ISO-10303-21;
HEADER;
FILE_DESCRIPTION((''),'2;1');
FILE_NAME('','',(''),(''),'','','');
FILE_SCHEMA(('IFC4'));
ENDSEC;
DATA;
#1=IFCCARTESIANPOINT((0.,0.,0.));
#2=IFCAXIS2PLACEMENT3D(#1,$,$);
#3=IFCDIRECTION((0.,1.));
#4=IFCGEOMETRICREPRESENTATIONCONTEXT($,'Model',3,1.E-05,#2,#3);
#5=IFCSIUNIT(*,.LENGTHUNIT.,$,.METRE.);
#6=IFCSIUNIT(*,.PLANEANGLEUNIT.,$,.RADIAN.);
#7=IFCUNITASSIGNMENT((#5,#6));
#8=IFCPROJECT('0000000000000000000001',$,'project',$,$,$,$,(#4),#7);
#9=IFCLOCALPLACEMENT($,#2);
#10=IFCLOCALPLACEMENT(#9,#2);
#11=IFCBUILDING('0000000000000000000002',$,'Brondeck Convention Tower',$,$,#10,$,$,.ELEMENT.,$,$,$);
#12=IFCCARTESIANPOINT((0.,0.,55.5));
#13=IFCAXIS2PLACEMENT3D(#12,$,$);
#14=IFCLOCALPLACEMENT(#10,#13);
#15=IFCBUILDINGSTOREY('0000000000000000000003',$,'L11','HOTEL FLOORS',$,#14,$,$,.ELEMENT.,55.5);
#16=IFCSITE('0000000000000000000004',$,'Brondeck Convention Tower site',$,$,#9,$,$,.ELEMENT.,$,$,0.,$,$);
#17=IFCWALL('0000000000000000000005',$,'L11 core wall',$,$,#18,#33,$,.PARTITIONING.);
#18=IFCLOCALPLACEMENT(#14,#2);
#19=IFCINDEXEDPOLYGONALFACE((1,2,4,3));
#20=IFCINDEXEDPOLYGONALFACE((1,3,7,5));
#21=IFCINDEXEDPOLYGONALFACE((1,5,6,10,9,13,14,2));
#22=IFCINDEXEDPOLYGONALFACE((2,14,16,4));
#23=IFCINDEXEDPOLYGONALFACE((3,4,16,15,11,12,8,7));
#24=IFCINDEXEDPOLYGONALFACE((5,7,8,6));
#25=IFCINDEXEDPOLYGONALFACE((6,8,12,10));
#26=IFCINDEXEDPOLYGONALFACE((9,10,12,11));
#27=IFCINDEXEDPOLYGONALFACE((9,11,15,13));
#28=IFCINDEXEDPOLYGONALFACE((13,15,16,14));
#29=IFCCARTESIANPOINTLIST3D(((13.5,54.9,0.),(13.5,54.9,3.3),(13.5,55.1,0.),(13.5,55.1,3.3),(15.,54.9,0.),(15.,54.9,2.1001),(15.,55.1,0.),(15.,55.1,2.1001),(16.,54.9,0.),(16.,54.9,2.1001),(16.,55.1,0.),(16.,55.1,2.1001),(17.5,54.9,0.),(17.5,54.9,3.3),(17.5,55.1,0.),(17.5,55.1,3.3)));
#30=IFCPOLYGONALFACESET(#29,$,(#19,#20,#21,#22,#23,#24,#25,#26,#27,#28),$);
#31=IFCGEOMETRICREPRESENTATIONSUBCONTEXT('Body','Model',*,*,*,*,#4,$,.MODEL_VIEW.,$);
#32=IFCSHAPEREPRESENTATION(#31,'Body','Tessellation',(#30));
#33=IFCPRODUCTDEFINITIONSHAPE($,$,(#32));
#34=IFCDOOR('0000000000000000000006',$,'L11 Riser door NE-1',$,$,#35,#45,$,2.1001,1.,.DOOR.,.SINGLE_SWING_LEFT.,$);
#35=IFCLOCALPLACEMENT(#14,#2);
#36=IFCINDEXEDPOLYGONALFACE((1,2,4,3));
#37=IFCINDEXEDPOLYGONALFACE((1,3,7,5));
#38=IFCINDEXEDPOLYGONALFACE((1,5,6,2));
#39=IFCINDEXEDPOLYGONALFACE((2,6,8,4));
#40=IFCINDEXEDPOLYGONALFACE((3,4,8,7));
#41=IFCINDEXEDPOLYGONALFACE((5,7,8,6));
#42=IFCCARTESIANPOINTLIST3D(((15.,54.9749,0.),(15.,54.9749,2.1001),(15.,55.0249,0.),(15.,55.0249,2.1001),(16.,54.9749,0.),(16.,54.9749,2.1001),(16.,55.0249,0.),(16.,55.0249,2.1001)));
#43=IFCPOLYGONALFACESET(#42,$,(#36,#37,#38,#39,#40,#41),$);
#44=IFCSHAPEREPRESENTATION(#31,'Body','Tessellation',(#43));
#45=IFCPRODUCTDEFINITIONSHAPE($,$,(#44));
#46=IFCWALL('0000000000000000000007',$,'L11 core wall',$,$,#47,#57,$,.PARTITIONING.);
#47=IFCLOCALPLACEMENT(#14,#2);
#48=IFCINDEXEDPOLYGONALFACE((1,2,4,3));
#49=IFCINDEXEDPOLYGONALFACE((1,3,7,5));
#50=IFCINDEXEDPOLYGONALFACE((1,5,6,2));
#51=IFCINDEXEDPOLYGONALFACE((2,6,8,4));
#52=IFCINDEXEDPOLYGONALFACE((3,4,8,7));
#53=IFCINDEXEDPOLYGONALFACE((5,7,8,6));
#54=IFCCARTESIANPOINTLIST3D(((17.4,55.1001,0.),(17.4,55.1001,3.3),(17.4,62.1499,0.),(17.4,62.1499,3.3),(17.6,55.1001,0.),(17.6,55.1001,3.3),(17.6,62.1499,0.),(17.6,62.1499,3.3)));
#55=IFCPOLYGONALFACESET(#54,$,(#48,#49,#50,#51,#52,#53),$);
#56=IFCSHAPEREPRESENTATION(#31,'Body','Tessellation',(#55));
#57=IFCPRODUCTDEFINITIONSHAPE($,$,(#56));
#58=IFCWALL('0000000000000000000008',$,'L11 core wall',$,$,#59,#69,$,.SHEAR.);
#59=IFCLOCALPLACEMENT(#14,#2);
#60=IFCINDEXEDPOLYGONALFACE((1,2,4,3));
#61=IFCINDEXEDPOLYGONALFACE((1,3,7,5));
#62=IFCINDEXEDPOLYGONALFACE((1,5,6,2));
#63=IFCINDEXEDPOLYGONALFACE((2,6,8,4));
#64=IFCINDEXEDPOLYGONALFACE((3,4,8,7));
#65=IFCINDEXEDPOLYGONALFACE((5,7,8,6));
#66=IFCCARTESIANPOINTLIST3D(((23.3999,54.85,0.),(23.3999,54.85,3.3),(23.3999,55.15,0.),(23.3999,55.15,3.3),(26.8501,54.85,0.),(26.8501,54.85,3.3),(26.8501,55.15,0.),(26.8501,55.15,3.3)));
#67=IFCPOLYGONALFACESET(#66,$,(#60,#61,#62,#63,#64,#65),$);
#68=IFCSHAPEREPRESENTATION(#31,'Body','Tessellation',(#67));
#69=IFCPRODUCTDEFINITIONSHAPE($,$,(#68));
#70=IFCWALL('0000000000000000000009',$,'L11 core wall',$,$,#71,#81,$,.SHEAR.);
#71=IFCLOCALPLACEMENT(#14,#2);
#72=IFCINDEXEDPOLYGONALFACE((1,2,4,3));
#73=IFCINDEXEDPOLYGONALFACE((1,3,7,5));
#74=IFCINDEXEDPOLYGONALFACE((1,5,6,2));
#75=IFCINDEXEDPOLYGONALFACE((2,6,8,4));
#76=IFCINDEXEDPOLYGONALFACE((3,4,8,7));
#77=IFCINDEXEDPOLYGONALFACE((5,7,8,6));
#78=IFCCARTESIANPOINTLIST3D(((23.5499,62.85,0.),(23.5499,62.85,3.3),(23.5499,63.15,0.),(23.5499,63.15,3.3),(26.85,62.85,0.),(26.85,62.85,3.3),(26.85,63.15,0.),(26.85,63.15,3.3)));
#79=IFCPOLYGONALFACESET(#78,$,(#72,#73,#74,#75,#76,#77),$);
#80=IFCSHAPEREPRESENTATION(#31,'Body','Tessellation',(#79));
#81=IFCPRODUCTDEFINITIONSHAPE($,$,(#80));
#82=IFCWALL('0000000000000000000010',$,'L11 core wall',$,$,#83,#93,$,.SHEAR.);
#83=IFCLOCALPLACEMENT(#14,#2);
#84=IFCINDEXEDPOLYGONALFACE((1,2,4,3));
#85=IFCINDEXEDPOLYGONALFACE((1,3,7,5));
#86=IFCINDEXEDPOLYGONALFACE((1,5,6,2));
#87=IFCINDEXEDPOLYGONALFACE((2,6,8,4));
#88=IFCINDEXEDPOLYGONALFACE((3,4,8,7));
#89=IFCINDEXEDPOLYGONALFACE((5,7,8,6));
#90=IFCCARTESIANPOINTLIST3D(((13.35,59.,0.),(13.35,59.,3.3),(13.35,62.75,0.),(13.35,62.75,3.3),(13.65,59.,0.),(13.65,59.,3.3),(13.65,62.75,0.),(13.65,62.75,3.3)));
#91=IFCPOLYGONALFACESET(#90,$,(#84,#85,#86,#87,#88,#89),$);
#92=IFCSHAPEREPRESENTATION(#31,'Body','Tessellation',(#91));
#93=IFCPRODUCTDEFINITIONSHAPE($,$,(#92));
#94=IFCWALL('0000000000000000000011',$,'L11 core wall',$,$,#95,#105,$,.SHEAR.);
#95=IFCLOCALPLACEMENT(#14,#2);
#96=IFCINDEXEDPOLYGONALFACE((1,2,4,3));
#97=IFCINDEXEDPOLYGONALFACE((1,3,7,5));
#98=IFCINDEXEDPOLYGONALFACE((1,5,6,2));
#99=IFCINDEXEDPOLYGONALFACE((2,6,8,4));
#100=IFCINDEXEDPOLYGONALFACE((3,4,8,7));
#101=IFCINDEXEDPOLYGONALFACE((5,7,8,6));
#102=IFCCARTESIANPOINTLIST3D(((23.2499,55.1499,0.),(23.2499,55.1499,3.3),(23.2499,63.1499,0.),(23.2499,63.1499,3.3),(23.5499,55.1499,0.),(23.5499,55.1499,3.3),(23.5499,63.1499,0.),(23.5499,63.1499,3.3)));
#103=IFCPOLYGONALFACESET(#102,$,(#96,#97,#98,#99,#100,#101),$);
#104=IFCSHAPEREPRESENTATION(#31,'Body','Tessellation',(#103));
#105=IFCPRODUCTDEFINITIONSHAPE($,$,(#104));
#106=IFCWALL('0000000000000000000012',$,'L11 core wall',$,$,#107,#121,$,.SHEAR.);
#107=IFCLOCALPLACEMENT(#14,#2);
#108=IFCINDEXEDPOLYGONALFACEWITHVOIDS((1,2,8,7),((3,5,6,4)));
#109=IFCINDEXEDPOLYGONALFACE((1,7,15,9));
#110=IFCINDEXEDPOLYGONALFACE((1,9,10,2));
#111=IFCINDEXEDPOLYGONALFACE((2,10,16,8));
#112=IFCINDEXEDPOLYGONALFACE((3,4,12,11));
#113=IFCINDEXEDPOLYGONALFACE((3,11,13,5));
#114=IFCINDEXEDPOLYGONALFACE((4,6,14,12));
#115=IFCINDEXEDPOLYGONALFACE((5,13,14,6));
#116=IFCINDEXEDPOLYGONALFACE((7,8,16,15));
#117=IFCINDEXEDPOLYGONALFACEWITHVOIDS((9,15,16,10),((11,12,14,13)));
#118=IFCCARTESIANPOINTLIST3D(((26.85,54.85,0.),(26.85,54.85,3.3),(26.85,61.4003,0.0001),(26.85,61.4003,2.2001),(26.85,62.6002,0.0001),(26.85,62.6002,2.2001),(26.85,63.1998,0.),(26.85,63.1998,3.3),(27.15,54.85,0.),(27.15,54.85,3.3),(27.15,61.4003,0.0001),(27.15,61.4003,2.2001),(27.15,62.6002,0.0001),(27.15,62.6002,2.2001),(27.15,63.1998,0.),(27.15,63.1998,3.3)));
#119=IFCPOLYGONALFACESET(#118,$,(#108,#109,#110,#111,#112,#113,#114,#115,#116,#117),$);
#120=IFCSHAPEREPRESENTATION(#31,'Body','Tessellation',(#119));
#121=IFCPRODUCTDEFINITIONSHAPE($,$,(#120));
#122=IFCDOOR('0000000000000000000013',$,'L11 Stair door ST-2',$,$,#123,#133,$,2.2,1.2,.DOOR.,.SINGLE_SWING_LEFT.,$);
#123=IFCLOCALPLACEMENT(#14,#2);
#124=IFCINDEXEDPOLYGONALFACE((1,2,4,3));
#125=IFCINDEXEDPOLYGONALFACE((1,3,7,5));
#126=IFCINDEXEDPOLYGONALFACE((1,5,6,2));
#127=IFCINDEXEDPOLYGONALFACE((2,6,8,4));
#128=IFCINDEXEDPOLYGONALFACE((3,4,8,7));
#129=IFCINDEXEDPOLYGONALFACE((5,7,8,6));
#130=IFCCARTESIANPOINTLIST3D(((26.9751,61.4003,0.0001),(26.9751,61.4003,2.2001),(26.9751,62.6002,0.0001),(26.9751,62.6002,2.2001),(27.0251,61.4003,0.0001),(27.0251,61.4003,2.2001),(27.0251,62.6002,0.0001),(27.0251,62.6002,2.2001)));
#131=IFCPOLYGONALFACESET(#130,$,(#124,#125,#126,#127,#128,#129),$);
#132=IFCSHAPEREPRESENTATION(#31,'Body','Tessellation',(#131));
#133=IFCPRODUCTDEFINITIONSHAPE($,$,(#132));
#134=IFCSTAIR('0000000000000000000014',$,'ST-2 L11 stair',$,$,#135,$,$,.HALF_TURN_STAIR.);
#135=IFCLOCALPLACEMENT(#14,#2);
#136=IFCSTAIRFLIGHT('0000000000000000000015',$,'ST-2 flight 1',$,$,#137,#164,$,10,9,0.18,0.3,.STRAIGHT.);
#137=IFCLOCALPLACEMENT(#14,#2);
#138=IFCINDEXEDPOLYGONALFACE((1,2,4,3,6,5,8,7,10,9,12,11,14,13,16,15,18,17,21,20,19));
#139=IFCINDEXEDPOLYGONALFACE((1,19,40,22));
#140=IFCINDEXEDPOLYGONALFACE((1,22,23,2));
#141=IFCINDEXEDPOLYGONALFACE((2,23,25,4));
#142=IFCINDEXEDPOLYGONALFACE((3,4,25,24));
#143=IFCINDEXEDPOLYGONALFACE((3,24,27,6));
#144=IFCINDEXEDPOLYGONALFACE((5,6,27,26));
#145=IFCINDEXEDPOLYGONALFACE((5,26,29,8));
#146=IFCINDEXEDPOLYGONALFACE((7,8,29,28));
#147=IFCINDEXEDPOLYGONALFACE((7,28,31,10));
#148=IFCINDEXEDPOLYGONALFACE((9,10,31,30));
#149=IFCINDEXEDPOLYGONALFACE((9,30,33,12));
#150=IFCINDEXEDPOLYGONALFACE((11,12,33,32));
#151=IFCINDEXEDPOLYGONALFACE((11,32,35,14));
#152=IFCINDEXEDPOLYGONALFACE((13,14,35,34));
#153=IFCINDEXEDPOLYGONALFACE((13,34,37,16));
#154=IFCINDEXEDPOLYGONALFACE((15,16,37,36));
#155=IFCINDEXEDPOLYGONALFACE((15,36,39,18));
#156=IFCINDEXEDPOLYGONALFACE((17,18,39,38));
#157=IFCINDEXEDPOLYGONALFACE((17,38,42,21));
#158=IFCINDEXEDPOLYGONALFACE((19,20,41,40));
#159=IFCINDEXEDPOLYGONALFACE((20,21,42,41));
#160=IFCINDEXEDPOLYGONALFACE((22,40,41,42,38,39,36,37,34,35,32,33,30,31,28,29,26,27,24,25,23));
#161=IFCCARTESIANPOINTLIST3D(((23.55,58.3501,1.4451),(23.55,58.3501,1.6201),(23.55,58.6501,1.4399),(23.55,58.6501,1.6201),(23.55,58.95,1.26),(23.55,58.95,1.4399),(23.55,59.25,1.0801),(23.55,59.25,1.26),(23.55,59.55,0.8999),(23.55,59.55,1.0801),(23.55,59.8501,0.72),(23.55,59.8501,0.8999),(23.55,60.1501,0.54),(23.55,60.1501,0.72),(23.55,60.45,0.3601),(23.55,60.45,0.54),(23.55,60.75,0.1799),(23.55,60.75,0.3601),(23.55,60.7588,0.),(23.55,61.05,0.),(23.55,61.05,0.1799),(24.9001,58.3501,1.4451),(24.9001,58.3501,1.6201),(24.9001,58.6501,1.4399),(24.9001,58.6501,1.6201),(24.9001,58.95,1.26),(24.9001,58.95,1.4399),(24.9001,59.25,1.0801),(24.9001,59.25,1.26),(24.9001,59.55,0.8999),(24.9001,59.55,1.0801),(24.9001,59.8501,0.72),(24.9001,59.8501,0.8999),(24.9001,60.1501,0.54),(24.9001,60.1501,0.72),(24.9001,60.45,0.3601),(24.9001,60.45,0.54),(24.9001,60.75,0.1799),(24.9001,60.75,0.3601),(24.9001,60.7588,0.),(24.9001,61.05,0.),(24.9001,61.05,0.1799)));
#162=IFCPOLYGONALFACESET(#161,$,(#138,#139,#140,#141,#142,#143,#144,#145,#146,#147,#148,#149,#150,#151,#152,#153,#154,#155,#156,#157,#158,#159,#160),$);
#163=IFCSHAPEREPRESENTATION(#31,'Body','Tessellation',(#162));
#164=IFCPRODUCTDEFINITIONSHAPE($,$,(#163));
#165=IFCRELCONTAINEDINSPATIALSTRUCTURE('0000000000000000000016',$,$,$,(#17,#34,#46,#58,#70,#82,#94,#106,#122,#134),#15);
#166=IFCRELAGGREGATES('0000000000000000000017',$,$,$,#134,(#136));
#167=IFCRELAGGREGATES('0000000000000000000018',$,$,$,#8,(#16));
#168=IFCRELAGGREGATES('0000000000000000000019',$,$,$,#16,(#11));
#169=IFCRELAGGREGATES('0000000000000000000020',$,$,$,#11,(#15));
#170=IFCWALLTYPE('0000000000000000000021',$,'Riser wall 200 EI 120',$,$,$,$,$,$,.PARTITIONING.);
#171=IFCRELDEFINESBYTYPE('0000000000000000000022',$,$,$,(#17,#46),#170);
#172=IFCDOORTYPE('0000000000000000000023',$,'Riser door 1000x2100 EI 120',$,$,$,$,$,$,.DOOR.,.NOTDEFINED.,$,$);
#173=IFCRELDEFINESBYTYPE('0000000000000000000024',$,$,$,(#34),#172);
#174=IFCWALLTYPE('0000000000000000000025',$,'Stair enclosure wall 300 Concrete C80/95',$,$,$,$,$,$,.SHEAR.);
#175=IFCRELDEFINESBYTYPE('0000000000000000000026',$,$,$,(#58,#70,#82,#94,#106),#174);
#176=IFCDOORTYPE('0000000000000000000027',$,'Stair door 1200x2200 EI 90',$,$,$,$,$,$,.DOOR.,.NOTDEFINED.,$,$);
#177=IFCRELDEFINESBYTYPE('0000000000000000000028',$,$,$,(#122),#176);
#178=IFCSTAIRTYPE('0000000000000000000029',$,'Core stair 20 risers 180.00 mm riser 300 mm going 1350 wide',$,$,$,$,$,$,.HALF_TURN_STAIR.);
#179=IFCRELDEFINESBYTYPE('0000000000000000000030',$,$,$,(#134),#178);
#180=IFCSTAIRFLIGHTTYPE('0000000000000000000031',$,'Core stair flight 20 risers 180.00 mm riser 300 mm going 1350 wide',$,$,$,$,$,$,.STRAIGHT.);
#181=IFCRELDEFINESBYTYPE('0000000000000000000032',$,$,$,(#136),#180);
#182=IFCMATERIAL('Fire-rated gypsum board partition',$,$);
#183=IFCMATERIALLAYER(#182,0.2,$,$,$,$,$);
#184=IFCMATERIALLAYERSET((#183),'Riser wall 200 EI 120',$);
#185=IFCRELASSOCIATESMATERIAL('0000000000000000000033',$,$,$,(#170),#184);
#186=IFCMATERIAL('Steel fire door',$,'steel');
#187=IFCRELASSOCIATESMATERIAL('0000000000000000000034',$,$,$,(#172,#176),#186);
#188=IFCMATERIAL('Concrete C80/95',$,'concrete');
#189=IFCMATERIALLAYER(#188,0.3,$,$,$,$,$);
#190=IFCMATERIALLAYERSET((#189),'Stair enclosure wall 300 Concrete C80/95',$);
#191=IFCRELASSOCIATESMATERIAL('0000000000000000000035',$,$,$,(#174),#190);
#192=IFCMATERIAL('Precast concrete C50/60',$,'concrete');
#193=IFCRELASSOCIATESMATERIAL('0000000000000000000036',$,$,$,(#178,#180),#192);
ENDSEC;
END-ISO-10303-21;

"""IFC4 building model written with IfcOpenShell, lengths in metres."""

from ifc_helpers import new_model, si_unit, direction, frame, frame_2d, origin, place, context, subcontext, project, spatial, polyline, rectangle, outline, extrude, material, layer, layer_set, type_object, element, fill, aggregate, save


model = new_model("IFC4")

# Units and contexts
model_context = context("Model", 3, precision=1e-05, world=origin(), true_north=direction((0.0, 1.0)))
body_context = subcontext(model_context, "Body", "Model", "MODEL_VIEW")
ifc_project = project(units=[si_unit("LENGTHUNIT", "METRE"), si_unit("PLANEANGLEUNIT", "RADIAN")], contexts=[model_context])

# Site, building, storey
site_placement = place(None, origin())
site = spatial("IfcSite", under=ifc_project, at=site_placement, Name="Brondeck Convention Tower site", CompositionType="ELEMENT", RefElevation=0.0)
building_placement = place(site_placement, origin())
building = spatial("IfcBuilding", under=site, at=building_placement, Name="Brondeck Convention Tower", CompositionType="ELEMENT")
storey_placement = place(building_placement, frame((0.0, 0.0, 55.5)))
storey = spatial("IfcBuildingStorey", under=building, at=storey_placement, Name="L11", Description="HOTEL FLOORS", CompositionType="ELEMENT", Elevation=55.5)

# Shared definitions
ifc_material_1 = material(Name="Concrete C80/95", Category="concrete")

# Shared definitions
ifc_material_2 = material(Name="Fire-rated gypsum board partition")
ifc_material_3 = material(Name="Steel fire door", Category="steel")

# Shared definitions
ifc_layer_1 = layer(ifc_material_2, 0.2)
ifc_layer_set_1 = layer_set([ifc_layer_1], Name="Riser wall 200 EI 120")
wall_type_1 = type_object("IfcWallType", Name="Riser wall 200 EI 120", PredefinedType="PARTITIONING", material=ifc_layer_set_1)

# Wall, opening, door
wall_1_placement = place(storey_placement, frame((13.5, 55.0, 0.0), z_axis=(0.0, 0.0, 1.0), x_axis=(1.0, 0.0, 0.0)))
wall_1 = element("IfcWall", 1, at=wall_1_placement, inside=storey, type_object=wall_type_1, Name="L11 core wall", PredefinedType="PARTITIONING", context=body_context, shape_type="SweptSolid", body=[
    extrude(rectangle(XDim=4.0, YDim=0.2, at=frame_2d((2.0, 0.0))), origin(), (0.0, 0.0, 1.0), 3.3),
])
opening_1_placement = place(wall_1_placement, frame((1.5, 0.0, 0.0)))
opening_1 = element("IfcOpeningElement", 2, at=opening_1_placement, cuts=wall_1, PredefinedType="OPENING", context=body_context, shape_type="SweptSolid", body=[
    extrude(rectangle(XDim=1.0, YDim=2.1001, at=frame_2d((0.5, 1.05))), frame((0.0, 0.1099, 0.0), z_axis=(0.0, -1.0, 0.0), x_axis=(1.0, 0.0, 0.0)), (0.0, 0.0, 1.0), 0.22),
])
door_type_1 = type_object("IfcDoorType", Name="Riser door 1000x2100 EI 120", OperationType="NOTDEFINED", PredefinedType="DOOR", material=ifc_material_3)
door_1_placement = place(opening_1_placement, origin())
door_1 = element("IfcDoor", 3, at=door_1_placement, inside=storey, type_object=door_type_1, Name="L11 Riser door NE-1", OperationType="SINGLE_SWING_LEFT", OverallHeight=2.1001, OverallWidth=1.0, PredefinedType="DOOR", context=body_context, shape_type="SweptSolid", body=[
    extrude(rectangle(XDim=1.0, YDim=2.1001, at=frame_2d((0.5, 1.05))), frame((0.0, 0.0249, 0.0), z_axis=(0.0, -1.0, 0.0), x_axis=(1.0, 0.0, 0.0)), (0.0, 0.0, 1.0), 0.05),
])
fill(opening_1, door_1)

# Walls
wall_2_placement = place(storey_placement, frame((17.5, 55.1001, 0.0), z_axis=(0.0, 0.0, 1.0), x_axis=(0.0, 1.0, 0.0)))
element("IfcWall", 4, at=wall_2_placement, inside=storey, type_object=wall_type_1, Name="L11 core wall", PredefinedType="PARTITIONING", context=body_context, shape_type="SweptSolid", body=[
    extrude(rectangle(XDim=7.0498, YDim=0.2, at=frame_2d((3.5249, 0.0))), origin(), (0.0, 0.0, 1.0), 3.3),
])
ifc_layer_2 = layer(ifc_material_1, 0.3)
ifc_layer_set_2 = layer_set([ifc_layer_2], Name="Stair enclosure wall 300 Concrete C80/95")
wall_type_2 = type_object("IfcWallType", Name="Stair enclosure wall 300 Concrete C80/95", PredefinedType="SHEAR", material=ifc_layer_set_2)
wall_3_placement = place(storey_placement, frame((23.3999, 55.0, 0.0), z_axis=(0.0, 0.0, 1.0), x_axis=(1.0, 0.0, 0.0)))
element("IfcWall", 5, at=wall_3_placement, inside=storey, type_object=wall_type_2, Name="L11 core wall", PredefinedType="SHEAR", context=body_context, shape_type="SweptSolid", body=[
    extrude(rectangle(XDim=3.4502, YDim=0.3, at=frame_2d((1.7251, 0.0))), origin(), (0.0, 0.0, 1.0), 3.3),
])
wall_4_placement = place(storey_placement, frame((23.55, 63.0, 0.0), z_axis=(0.0, 0.0, 1.0), x_axis=(1.0, 0.0, 0.0)))
element("IfcWall", 6, at=wall_4_placement, inside=storey, type_object=wall_type_2, Name="L11 core wall", PredefinedType="SHEAR", context=body_context, shape_type="SweptSolid", body=[
    extrude(rectangle(XDim=3.3, YDim=0.3, at=frame_2d((1.6499, 0.0))), origin(), (0.0, 0.0, 1.0), 3.3),
])
wall_5_placement = place(storey_placement, frame((13.5, 59.0, 0.0), z_axis=(0.0, 0.0, 1.0), x_axis=(0.0, 1.0, 0.0)))
element("IfcWall", 7, at=wall_5_placement, inside=storey, type_object=wall_type_2, Name="L11 core wall", PredefinedType="SHEAR", context=body_context, shape_type="SweptSolid", body=[
    extrude(rectangle(XDim=3.75, YDim=0.3, at=frame_2d((1.875, 0.0))), origin(), (0.0, 0.0, 1.0), 3.3),
])
wall_6_placement = place(storey_placement, frame((23.3999, 55.1499, 0.0), z_axis=(0.0, 0.0, 1.0), x_axis=(0.0, 1.0, 0.0)))
element("IfcWall", 8, at=wall_6_placement, inside=storey, type_object=wall_type_2, Name="L11 core wall", PredefinedType="SHEAR", context=body_context, shape_type="SweptSolid", body=[
    extrude(rectangle(XDim=8.0, YDim=0.3, at=frame_2d((4.0, 0.0))), origin(), (0.0, 0.0, 1.0), 3.3),
])

# Wall, opening, door
wall_7_placement = place(storey_placement, frame((27.0, 54.8501, 0.0), z_axis=(0.0, 0.0, 1.0), x_axis=(0.0, 1.0, 0.0)))
wall_7 = element("IfcWall", 9, at=wall_7_placement, inside=storey, type_object=wall_type_2, Name="L11 core wall", PredefinedType="SHEAR", context=body_context, shape_type="SweptSolid", body=[
    extrude(rectangle(XDim=8.3499, YDim=0.3, at=frame_2d((4.1748, 0.0))), origin(), (0.0, 0.0, 1.0), 3.3),
])
opening_2_placement = place(wall_7_placement, frame((6.55, 0.0, 0.0)))
opening_2 = element("IfcOpeningElement", 10, at=opening_2_placement, cuts=wall_7, PredefinedType="OPENING", context=body_context, shape_type="SweptSolid", body=[
    extrude(rectangle(XDim=1.2, YDim=2.2, at=frame_2d((0.6001, 1.1001))), frame((0.0, 0.1599, 0.0), z_axis=(0.0, -1.0, 0.0), x_axis=(1.0, 0.0, 0.0)), (0.0, 0.0, 1.0), 0.3201),
])
door_type_2 = type_object("IfcDoorType", Name="Stair door 1200x2200 EI 90", OperationType="NOTDEFINED", PredefinedType="DOOR", material=ifc_material_3)
door_2_placement = place(opening_2_placement, origin())
door_2 = element("IfcDoor", 11, at=door_2_placement, inside=storey, type_object=door_type_2, Name="L11 Stair door ST-2", OperationType="SINGLE_SWING_LEFT", OverallHeight=2.2, OverallWidth=1.2, PredefinedType="DOOR", context=body_context, shape_type="SweptSolid", body=[
    extrude(rectangle(XDim=1.2, YDim=2.2, at=frame_2d((0.6001, 1.1001))), frame((0.0, 0.0249, 0.0), z_axis=(0.0, -1.0, 0.0), x_axis=(1.0, 0.0, 0.0)), (0.0, 0.0, 1.0), 0.05),
])
fill(opening_2, door_2)

# Stair, stair flight
ifc_material_4 = material(Name="Precast concrete C50/60", Category="concrete")
stair_type = type_object("IfcStairType", Name="Core stair 20 risers 180.00 mm riser 300 mm going 1350 wide", PredefinedType="HALF_TURN_STAIR", material=ifc_material_4)
stair_1_placement = place(storey_placement, origin())
stair_1 = element("IfcStair", 12, at=stair_1_placement, inside=storey, type_object=stair_type, Name="ST-2 L11 stair", PredefinedType="HALF_TURN_STAIR")
stair_flight_type = type_object("IfcStairFlightType", Name="Core stair flight 20 risers 180.00 mm riser 300 mm going 1350 wide", PredefinedType="STRAIGHT", material=ifc_material_4)
stair_flight_1_placement = place(storey_placement, frame((24.2251, 61.05, 0.0), z_axis=(0.0, 0.0, 1.0), x_axis=(0.0, -1.0, 0.0)))
stair_flight_1 = element("IfcStairFlight", 13, at=stair_flight_1_placement, type_object=stair_flight_type, Name="ST-2 flight 1", NumberOfRisers=10, NumberOfTreads=9, PredefinedType="STRAIGHT", RiserHeight=0.18, TreadLength=0.3, context=body_context, shape_type="SweptSolid", body=[
    extrude(outline(polyline([(0.0, 0.0), (0.0, 0.1799), (0.3, 0.1799), (0.3, 0.3601), (0.6001, 0.3601), (0.6001, 0.54), (0.8999, 0.54), (0.8999, 0.72), (1.2, 0.72), (1.2, 0.8999), (1.5, 0.8999), (1.5, 1.0801), (1.8, 1.0801), (1.8, 1.26), (2.1001, 1.26), (2.1001, 1.4399), (2.3999, 1.4399), (2.3999, 1.6201), (2.7, 1.6201), (2.7, 1.8), (2.7, 1.4451), (0.2913, 0.0), (0.0, 0.0)])), frame((0.0, 0.675, 0.0), z_axis=(0.0, -1.0, 0.0), x_axis=(1.0, 0.0, 0.0)), (0.0, 0.0, 1.0), 1.3501),
])
aggregate(stair_1, [stair_flight_1])

save(model, "model.ifc")
